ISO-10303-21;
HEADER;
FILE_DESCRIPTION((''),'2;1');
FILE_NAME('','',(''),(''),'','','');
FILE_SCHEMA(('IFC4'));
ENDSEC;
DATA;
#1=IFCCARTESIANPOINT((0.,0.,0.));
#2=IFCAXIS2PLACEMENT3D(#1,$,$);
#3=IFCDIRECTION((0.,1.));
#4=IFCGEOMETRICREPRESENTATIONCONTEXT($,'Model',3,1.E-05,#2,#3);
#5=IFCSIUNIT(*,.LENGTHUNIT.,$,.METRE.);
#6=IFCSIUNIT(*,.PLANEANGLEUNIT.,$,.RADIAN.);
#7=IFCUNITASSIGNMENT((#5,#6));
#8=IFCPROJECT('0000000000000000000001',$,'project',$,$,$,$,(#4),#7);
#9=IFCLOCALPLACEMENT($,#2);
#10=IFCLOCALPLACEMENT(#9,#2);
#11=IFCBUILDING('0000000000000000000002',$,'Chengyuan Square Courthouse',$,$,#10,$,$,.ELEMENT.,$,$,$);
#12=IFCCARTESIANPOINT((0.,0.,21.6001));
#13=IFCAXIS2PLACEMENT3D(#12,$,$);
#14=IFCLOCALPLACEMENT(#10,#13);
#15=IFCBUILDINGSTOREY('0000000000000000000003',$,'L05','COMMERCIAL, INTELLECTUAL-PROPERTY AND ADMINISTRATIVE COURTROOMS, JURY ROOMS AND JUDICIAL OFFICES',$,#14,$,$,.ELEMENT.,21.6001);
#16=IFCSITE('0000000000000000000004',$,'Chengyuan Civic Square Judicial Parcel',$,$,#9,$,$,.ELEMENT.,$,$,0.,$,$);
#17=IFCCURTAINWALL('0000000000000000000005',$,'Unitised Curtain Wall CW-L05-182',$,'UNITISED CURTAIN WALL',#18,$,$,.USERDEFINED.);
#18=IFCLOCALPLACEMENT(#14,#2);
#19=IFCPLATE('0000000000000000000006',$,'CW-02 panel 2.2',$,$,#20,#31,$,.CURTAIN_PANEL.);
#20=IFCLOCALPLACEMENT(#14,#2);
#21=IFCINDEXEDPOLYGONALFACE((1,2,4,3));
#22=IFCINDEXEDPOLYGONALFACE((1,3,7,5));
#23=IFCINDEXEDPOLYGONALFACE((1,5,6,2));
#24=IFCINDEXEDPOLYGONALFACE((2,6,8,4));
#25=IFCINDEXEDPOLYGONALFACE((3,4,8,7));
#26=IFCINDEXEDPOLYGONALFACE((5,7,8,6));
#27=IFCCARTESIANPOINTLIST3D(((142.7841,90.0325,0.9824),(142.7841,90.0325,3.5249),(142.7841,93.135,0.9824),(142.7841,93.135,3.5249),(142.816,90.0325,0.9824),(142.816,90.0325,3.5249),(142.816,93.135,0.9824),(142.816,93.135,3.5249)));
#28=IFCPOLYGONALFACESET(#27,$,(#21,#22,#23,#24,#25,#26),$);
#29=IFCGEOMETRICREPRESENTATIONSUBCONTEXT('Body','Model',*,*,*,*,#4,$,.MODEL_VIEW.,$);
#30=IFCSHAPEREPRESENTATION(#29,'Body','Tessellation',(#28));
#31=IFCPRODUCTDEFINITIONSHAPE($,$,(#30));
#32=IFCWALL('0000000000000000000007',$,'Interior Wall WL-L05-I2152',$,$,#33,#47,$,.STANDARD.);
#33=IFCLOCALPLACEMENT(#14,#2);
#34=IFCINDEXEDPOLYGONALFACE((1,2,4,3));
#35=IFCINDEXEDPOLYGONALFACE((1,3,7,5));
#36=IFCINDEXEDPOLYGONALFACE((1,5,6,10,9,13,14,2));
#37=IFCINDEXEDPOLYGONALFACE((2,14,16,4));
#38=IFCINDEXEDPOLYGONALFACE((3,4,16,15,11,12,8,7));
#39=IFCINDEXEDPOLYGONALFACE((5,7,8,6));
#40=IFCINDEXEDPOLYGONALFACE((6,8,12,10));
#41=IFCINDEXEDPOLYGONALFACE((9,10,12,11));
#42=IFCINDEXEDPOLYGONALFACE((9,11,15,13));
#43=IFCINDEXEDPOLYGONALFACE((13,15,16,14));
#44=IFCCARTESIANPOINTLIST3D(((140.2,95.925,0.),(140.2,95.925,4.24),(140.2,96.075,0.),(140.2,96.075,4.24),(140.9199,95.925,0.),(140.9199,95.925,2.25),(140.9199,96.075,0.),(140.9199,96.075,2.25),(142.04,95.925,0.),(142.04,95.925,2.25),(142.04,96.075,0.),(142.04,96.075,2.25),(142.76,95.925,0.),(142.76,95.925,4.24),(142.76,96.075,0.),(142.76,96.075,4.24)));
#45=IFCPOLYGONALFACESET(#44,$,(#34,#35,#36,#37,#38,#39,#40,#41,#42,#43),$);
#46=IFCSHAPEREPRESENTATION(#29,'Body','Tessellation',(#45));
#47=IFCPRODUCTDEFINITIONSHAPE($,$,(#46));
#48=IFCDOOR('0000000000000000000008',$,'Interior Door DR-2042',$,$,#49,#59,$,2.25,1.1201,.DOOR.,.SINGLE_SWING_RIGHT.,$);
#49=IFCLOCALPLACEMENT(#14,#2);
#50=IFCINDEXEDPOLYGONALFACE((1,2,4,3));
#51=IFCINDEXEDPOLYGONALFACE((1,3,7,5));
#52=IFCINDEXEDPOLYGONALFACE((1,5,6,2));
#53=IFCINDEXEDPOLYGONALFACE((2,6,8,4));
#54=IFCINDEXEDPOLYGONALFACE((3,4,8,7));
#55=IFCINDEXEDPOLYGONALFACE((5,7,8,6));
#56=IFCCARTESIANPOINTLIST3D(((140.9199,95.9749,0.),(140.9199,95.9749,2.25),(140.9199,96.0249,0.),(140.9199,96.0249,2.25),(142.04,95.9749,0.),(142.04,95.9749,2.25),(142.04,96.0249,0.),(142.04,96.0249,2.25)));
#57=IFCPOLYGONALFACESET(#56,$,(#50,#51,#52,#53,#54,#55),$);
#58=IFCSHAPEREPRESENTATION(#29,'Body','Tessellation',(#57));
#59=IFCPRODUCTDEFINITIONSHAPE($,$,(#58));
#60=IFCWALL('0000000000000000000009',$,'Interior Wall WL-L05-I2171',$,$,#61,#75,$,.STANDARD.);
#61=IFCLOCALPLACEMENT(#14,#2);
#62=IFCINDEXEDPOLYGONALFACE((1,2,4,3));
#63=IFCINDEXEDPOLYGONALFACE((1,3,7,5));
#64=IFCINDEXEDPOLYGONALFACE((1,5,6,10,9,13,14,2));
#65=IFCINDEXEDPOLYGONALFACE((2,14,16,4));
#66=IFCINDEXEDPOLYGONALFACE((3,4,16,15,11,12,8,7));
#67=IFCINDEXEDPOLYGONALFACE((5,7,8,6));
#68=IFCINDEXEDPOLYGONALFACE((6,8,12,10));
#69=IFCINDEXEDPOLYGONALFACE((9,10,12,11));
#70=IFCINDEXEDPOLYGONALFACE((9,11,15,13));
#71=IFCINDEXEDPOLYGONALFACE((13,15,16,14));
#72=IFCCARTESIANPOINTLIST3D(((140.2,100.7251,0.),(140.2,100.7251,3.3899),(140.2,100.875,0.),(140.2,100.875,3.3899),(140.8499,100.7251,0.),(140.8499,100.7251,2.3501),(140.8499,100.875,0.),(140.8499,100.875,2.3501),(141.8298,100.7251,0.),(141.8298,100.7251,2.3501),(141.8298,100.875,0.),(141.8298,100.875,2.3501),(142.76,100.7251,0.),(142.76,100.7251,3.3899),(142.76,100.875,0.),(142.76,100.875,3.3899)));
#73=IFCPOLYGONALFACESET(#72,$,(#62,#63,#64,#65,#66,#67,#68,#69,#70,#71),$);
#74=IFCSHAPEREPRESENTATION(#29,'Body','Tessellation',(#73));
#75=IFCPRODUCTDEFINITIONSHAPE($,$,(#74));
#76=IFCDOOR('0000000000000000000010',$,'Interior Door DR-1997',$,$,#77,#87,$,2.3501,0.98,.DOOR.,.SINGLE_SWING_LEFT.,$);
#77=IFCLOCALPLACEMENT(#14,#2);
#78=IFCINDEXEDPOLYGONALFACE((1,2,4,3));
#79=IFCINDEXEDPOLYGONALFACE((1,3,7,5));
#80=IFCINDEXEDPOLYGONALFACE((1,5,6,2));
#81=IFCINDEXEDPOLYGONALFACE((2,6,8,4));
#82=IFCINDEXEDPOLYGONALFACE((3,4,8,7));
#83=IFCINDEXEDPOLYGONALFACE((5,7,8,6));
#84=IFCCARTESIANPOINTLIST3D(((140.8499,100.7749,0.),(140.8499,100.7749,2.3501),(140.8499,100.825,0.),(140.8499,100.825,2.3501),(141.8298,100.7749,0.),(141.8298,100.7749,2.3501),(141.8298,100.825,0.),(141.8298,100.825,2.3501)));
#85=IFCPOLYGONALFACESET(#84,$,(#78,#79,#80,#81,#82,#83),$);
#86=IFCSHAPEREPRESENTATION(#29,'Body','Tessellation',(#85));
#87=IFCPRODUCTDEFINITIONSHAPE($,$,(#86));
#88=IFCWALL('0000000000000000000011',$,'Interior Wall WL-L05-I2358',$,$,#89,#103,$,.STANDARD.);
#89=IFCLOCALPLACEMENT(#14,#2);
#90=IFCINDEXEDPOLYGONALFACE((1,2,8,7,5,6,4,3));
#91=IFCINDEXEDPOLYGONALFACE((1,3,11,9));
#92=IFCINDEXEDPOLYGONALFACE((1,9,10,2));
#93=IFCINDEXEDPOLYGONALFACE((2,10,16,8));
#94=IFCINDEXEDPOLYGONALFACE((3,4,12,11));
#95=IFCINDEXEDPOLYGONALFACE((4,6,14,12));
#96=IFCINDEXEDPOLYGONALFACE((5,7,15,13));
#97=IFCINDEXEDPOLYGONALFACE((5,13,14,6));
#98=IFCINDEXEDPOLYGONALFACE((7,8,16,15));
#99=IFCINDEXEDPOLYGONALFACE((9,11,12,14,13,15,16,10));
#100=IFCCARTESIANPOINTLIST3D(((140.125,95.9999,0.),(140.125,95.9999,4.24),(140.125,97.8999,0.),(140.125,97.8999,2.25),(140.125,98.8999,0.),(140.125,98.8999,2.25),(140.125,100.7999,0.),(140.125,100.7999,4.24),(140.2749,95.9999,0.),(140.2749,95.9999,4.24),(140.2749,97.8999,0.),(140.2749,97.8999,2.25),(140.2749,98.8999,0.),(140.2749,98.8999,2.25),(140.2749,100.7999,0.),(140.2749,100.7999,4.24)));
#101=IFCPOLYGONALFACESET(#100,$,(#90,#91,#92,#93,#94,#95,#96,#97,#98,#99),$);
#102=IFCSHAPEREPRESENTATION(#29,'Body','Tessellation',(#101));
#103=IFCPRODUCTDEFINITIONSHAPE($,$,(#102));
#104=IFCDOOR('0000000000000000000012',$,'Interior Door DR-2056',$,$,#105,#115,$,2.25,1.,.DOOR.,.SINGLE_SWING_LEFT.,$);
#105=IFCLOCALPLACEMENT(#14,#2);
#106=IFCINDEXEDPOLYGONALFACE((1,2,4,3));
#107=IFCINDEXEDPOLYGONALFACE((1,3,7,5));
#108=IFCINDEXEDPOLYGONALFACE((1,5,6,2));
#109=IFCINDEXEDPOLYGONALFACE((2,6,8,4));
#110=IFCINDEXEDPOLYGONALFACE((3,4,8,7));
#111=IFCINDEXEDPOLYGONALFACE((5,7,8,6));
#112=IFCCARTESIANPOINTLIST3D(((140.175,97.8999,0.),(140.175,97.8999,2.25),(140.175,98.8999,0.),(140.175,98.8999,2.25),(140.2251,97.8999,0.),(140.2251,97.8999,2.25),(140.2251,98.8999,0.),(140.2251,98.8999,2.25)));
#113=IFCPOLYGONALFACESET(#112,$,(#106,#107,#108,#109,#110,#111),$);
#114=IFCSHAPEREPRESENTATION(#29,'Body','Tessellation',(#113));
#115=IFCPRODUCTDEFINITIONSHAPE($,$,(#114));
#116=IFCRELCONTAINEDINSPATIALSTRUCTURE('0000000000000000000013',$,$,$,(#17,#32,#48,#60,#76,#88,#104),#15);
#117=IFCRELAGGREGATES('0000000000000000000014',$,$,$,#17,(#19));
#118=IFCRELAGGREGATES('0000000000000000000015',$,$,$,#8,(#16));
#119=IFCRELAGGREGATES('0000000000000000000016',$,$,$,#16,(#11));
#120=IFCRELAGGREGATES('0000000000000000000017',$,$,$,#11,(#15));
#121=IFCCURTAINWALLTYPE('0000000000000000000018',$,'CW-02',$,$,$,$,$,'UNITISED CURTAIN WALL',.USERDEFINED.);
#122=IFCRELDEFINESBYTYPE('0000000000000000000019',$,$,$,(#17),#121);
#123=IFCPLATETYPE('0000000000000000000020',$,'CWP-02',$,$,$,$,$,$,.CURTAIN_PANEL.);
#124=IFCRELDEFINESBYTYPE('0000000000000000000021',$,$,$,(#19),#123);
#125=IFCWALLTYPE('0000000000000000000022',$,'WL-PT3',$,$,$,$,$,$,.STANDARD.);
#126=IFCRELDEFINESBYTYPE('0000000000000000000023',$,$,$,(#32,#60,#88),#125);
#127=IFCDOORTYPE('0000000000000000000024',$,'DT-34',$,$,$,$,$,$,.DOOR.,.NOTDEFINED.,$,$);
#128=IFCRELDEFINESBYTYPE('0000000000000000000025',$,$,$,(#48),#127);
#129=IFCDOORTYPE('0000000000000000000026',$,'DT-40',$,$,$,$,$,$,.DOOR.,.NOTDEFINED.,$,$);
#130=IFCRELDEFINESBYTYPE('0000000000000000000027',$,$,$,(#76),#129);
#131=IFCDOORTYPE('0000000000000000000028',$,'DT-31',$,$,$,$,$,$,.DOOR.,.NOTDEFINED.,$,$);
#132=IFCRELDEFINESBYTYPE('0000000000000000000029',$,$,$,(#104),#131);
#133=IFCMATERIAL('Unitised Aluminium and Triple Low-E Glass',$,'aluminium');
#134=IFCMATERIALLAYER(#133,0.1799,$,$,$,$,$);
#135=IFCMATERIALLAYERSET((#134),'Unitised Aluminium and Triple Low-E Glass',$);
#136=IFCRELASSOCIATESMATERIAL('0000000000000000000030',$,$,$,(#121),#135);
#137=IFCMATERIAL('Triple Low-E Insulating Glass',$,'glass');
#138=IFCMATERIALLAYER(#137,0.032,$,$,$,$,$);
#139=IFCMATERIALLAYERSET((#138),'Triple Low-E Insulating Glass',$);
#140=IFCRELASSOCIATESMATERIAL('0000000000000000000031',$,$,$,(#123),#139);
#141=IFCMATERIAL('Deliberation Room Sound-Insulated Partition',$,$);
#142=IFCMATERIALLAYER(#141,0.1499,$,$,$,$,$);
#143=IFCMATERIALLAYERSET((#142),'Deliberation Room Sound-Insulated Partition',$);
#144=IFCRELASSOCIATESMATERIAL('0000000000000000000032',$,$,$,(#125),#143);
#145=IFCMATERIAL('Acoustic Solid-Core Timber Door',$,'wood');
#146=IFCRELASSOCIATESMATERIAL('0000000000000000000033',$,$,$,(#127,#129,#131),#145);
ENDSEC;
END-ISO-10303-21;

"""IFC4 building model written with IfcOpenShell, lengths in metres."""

from ifc_helpers import new_model, si_unit, direction, frame, frame_2d, origin, origin_2d, place, context, subcontext, project, spatial, rectangle, extrude, material, layer, layer_set, type_object, element, fill, aggregate, save


model = new_model("IFC4")

# Units and contexts
model_context = context("Model", 3, precision=1e-05, world=origin(), true_north=direction((0.0, 1.0)))
body_context = subcontext(model_context, "Body", "Model", "MODEL_VIEW")
ifc_project = project(units=[si_unit("LENGTHUNIT", "METRE"), si_unit("PLANEANGLEUNIT", "RADIAN")], contexts=[model_context])

# Site, building, storey
site_placement = place(None, origin())
site = spatial("IfcSite", under=ifc_project, at=site_placement, Name="Chengyuan Civic Square Judicial Parcel", CompositionType="ELEMENT", RefElevation=0.0)
building_placement = place(site_placement, origin())
building = spatial("IfcBuilding", under=site, at=building_placement, Name="Chengyuan Square Courthouse", CompositionType="ELEMENT")
storey_placement = place(building_placement, frame((0.0, 0.0, 21.6001)))
storey = spatial("IfcBuildingStorey", under=building, at=storey_placement, Name="L05", Description="COMMERCIAL, INTELLECTUAL-PROPERTY AND ADMINISTRATIVE COURTROOMS, JURY ROOMS AND JUDICIAL OFFICES", CompositionType="ELEMENT", Elevation=21.6001)

# Curtain wall, plate
ifc_material_1 = material(Name="Unitised Aluminium and Triple Low-E Glass", Category="aluminium")
ifc_layer_1 = layer(ifc_material_1, 0.1799)
ifc_layer_set_1 = layer_set([ifc_layer_1], Name="Unitised Aluminium and Triple Low-E Glass")
curtain_wall_type = type_object("IfcCurtainWallType", Name="CW-02", ElementType="UNITISED CURTAIN WALL", PredefinedType="USERDEFINED", material=ifc_layer_set_1)
curtain_wall_placement = place(storey_placement, origin())
curtain_wall = element("IfcCurtainWall", 1, at=curtain_wall_placement, inside=storey, type_object=curtain_wall_type, Name="Unitised Curtain Wall CW-L05-182", ObjectType="UNITISED CURTAIN WALL", PredefinedType="USERDEFINED")
ifc_material_2 = material(Name="Triple Low-E Insulating Glass", Category="glass")
ifc_layer_2 = layer(ifc_material_2, 0.032)
ifc_layer_set_2 = layer_set([ifc_layer_2], Name="Triple Low-E Insulating Glass")
plate_type = type_object("IfcPlateType", Name="CWP-02", PredefinedType="CURTAIN_PANEL", material=ifc_layer_set_2)
plate_1_placement = place(storey_placement, frame((142.8, 91.5837, 0.9824), z_axis=(0.0, 0.0, 1.0), x_axis=(0.0, 1.0, 0.0)))
plate_1 = element("IfcPlate", 2, at=plate_1_placement, type_object=plate_type, Name="CW-02 panel 2.2", PredefinedType="CURTAIN_PANEL", context=body_context, shape_type="SweptSolid", body=[
    extrude(rectangle(XDim=3.1025, YDim=0.032, at=origin_2d()), origin(), (0.0, 0.0, 1.0), 2.5425),
])
aggregate(curtain_wall, [plate_1])

# Walls, openings, doors
ifc_material_3 = material(Name="Deliberation Room Sound-Insulated Partition")
ifc_layer_3 = layer(ifc_material_3, 0.1499)
ifc_layer_set_3 = layer_set([ifc_layer_3], Name="Deliberation Room Sound-Insulated Partition")
wall_type = type_object("IfcWallType", Name="WL-PT3", PredefinedType="STANDARD", material=ifc_layer_set_3)
wall_1_placement = place(storey_placement, frame((140.2, 96.0, 0.0), z_axis=(0.0, 0.0, 1.0), x_axis=(1.0, 0.0, 0.0)))
wall_1 = element("IfcWall", 3, at=wall_1_placement, inside=storey, type_object=wall_type, Name="Interior Wall WL-L05-I2152", PredefinedType="STANDARD", context=body_context, shape_type="SweptSolid", body=[
    extrude(rectangle(XDim=2.5601, YDim=0.1499, at=frame_2d((1.28, 0.0))), origin(), (0.0, 0.0, 1.0), 4.24),
])
opening_1_placement = place(wall_1_placement, frame((0.72, 0.0, 0.0)))
opening_1 = element("IfcOpeningElement", 4, at=opening_1_placement, cuts=wall_1, PredefinedType="OPENING", context=body_context, shape_type="SweptSolid", body=[
    extrude(rectangle(XDim=1.1201, YDim=2.25, at=frame_2d((0.5601, 1.125))), frame((0.0, 0.0869, 0.0), z_axis=(0.0, -1.0, 0.0), x_axis=(1.0, 0.0, 0.0)), (0.0, 0.0, 1.0), 0.1738),
])
ifc_material_4 = material(Name="Acoustic Solid-Core Timber Door", Category="wood")
door_type_1 = type_object("IfcDoorType", Name="DT-34", OperationType="NOTDEFINED", PredefinedType="DOOR", material=ifc_material_4)
door_1_placement = place(opening_1_placement, origin())
door_1 = element("IfcDoor", 5, at=door_1_placement, inside=storey, type_object=door_type_1, Name="Interior Door DR-2042", OperationType="SINGLE_SWING_RIGHT", OverallHeight=2.25, OverallWidth=1.1201, PredefinedType="DOOR", context=body_context, shape_type="SweptSolid", body=[
    extrude(rectangle(XDim=1.1201, YDim=2.25, at=frame_2d((0.5601, 1.125))), frame((0.0, 0.0249, 0.0), z_axis=(0.0, -1.0, 0.0), x_axis=(1.0, 0.0, 0.0)), (0.0, 0.0, 1.0), 0.05),
])
fill(opening_1, door_1)
wall_2_placement = place(storey_placement, frame((140.2, 100.8, 0.0), z_axis=(0.0, 0.0, 1.0), x_axis=(1.0, 0.0, 0.0)))
wall_2 = element("IfcWall", 6, at=wall_2_placement, inside=storey, type_object=wall_type, Name="Interior Wall WL-L05-I2171", PredefinedType="STANDARD", context=body_context, shape_type="SweptSolid", body=[
    extrude(rectangle(XDim=2.5601, YDim=0.1499, at=frame_2d((1.28, 0.0))), origin(), (0.0, 0.0, 1.0), 3.3899),
])
opening_2_placement = place(wall_2_placement, frame((0.6499, 0.0, 0.0)))
opening_2 = element("IfcOpeningElement", 7, at=opening_2_placement, cuts=wall_2, PredefinedType="OPENING", context=body_context, shape_type="SweptSolid", body=[
    extrude(rectangle(XDim=0.98, YDim=2.3501, at=frame_2d((0.49, 1.175))), frame((0.0, 0.0869, 0.0), z_axis=(0.0, -1.0, 0.0), x_axis=(1.0, 0.0, 0.0)), (0.0, 0.0, 1.0), 0.1738),
])
door_type_2 = type_object("IfcDoorType", Name="DT-40", OperationType="NOTDEFINED", PredefinedType="DOOR", material=ifc_material_4)
door_2_placement = place(opening_2_placement, origin())
door_2 = element("IfcDoor", 8, at=door_2_placement, inside=storey, type_object=door_type_2, Name="Interior Door DR-1997", OperationType="SINGLE_SWING_LEFT", OverallHeight=2.3501, OverallWidth=0.98, PredefinedType="DOOR", context=body_context, shape_type="SweptSolid", body=[
    extrude(rectangle(XDim=0.98, YDim=2.3501, at=frame_2d((0.49, 1.175))), frame((0.0, 0.0249, 0.0), z_axis=(0.0, -1.0, 0.0), x_axis=(1.0, 0.0, 0.0)), (0.0, 0.0, 1.0), 0.05),
])
fill(opening_2, door_2)
wall_3_placement = place(storey_placement, frame((140.2, 96.0, 0.0), z_axis=(0.0, 0.0, 1.0), x_axis=(0.0, 1.0, 0.0)))
wall_3 = element("IfcWall", 9, at=wall_3_placement, inside=storey, type_object=wall_type, Name="Interior Wall WL-L05-I2358", PredefinedType="STANDARD", context=body_context, shape_type="SweptSolid", body=[
    extrude(rectangle(XDim=4.8, YDim=0.1499, at=frame_2d((2.3999, 0.0))), origin(), (0.0, 0.0, 1.0), 4.24),
])
opening_3_placement = place(wall_3_placement, frame((1.8999, 0.0, 0.0)))
opening_3 = element("IfcOpeningElement", 10, at=opening_3_placement, cuts=wall_3, PredefinedType="OPENING", context=body_context, shape_type="SweptSolid", body=[
    extrude(rectangle(XDim=1.0, YDim=2.25, at=frame_2d((0.5, 1.125))), frame((0.0, 0.0869, 0.0), z_axis=(0.0, -1.0, 0.0), x_axis=(1.0, 0.0, 0.0)), (0.0, 0.0, 1.0), 0.1738),
])
door_type_3 = type_object("IfcDoorType", Name="DT-31", OperationType="NOTDEFINED", PredefinedType="DOOR", material=ifc_material_4)
door_3_placement = place(opening_3_placement, origin())
door_3 = element("IfcDoor", 11, at=door_3_placement, inside=storey, type_object=door_type_3, Name="Interior Door DR-2056", OperationType="SINGLE_SWING_LEFT", OverallHeight=2.25, OverallWidth=1.0, PredefinedType="DOOR", context=body_context, shape_type="SweptSolid", body=[
    extrude(rectangle(XDim=1.0, YDim=2.25, at=frame_2d((0.5, 1.125))), frame((0.0, 0.0249, 0.0), z_axis=(0.0, -1.0, 0.0), x_axis=(1.0, 0.0, 0.0)), (0.0, 0.0, 1.0), 0.05),
])
fill(opening_3, door_3)

save(model, "model.ifc")
